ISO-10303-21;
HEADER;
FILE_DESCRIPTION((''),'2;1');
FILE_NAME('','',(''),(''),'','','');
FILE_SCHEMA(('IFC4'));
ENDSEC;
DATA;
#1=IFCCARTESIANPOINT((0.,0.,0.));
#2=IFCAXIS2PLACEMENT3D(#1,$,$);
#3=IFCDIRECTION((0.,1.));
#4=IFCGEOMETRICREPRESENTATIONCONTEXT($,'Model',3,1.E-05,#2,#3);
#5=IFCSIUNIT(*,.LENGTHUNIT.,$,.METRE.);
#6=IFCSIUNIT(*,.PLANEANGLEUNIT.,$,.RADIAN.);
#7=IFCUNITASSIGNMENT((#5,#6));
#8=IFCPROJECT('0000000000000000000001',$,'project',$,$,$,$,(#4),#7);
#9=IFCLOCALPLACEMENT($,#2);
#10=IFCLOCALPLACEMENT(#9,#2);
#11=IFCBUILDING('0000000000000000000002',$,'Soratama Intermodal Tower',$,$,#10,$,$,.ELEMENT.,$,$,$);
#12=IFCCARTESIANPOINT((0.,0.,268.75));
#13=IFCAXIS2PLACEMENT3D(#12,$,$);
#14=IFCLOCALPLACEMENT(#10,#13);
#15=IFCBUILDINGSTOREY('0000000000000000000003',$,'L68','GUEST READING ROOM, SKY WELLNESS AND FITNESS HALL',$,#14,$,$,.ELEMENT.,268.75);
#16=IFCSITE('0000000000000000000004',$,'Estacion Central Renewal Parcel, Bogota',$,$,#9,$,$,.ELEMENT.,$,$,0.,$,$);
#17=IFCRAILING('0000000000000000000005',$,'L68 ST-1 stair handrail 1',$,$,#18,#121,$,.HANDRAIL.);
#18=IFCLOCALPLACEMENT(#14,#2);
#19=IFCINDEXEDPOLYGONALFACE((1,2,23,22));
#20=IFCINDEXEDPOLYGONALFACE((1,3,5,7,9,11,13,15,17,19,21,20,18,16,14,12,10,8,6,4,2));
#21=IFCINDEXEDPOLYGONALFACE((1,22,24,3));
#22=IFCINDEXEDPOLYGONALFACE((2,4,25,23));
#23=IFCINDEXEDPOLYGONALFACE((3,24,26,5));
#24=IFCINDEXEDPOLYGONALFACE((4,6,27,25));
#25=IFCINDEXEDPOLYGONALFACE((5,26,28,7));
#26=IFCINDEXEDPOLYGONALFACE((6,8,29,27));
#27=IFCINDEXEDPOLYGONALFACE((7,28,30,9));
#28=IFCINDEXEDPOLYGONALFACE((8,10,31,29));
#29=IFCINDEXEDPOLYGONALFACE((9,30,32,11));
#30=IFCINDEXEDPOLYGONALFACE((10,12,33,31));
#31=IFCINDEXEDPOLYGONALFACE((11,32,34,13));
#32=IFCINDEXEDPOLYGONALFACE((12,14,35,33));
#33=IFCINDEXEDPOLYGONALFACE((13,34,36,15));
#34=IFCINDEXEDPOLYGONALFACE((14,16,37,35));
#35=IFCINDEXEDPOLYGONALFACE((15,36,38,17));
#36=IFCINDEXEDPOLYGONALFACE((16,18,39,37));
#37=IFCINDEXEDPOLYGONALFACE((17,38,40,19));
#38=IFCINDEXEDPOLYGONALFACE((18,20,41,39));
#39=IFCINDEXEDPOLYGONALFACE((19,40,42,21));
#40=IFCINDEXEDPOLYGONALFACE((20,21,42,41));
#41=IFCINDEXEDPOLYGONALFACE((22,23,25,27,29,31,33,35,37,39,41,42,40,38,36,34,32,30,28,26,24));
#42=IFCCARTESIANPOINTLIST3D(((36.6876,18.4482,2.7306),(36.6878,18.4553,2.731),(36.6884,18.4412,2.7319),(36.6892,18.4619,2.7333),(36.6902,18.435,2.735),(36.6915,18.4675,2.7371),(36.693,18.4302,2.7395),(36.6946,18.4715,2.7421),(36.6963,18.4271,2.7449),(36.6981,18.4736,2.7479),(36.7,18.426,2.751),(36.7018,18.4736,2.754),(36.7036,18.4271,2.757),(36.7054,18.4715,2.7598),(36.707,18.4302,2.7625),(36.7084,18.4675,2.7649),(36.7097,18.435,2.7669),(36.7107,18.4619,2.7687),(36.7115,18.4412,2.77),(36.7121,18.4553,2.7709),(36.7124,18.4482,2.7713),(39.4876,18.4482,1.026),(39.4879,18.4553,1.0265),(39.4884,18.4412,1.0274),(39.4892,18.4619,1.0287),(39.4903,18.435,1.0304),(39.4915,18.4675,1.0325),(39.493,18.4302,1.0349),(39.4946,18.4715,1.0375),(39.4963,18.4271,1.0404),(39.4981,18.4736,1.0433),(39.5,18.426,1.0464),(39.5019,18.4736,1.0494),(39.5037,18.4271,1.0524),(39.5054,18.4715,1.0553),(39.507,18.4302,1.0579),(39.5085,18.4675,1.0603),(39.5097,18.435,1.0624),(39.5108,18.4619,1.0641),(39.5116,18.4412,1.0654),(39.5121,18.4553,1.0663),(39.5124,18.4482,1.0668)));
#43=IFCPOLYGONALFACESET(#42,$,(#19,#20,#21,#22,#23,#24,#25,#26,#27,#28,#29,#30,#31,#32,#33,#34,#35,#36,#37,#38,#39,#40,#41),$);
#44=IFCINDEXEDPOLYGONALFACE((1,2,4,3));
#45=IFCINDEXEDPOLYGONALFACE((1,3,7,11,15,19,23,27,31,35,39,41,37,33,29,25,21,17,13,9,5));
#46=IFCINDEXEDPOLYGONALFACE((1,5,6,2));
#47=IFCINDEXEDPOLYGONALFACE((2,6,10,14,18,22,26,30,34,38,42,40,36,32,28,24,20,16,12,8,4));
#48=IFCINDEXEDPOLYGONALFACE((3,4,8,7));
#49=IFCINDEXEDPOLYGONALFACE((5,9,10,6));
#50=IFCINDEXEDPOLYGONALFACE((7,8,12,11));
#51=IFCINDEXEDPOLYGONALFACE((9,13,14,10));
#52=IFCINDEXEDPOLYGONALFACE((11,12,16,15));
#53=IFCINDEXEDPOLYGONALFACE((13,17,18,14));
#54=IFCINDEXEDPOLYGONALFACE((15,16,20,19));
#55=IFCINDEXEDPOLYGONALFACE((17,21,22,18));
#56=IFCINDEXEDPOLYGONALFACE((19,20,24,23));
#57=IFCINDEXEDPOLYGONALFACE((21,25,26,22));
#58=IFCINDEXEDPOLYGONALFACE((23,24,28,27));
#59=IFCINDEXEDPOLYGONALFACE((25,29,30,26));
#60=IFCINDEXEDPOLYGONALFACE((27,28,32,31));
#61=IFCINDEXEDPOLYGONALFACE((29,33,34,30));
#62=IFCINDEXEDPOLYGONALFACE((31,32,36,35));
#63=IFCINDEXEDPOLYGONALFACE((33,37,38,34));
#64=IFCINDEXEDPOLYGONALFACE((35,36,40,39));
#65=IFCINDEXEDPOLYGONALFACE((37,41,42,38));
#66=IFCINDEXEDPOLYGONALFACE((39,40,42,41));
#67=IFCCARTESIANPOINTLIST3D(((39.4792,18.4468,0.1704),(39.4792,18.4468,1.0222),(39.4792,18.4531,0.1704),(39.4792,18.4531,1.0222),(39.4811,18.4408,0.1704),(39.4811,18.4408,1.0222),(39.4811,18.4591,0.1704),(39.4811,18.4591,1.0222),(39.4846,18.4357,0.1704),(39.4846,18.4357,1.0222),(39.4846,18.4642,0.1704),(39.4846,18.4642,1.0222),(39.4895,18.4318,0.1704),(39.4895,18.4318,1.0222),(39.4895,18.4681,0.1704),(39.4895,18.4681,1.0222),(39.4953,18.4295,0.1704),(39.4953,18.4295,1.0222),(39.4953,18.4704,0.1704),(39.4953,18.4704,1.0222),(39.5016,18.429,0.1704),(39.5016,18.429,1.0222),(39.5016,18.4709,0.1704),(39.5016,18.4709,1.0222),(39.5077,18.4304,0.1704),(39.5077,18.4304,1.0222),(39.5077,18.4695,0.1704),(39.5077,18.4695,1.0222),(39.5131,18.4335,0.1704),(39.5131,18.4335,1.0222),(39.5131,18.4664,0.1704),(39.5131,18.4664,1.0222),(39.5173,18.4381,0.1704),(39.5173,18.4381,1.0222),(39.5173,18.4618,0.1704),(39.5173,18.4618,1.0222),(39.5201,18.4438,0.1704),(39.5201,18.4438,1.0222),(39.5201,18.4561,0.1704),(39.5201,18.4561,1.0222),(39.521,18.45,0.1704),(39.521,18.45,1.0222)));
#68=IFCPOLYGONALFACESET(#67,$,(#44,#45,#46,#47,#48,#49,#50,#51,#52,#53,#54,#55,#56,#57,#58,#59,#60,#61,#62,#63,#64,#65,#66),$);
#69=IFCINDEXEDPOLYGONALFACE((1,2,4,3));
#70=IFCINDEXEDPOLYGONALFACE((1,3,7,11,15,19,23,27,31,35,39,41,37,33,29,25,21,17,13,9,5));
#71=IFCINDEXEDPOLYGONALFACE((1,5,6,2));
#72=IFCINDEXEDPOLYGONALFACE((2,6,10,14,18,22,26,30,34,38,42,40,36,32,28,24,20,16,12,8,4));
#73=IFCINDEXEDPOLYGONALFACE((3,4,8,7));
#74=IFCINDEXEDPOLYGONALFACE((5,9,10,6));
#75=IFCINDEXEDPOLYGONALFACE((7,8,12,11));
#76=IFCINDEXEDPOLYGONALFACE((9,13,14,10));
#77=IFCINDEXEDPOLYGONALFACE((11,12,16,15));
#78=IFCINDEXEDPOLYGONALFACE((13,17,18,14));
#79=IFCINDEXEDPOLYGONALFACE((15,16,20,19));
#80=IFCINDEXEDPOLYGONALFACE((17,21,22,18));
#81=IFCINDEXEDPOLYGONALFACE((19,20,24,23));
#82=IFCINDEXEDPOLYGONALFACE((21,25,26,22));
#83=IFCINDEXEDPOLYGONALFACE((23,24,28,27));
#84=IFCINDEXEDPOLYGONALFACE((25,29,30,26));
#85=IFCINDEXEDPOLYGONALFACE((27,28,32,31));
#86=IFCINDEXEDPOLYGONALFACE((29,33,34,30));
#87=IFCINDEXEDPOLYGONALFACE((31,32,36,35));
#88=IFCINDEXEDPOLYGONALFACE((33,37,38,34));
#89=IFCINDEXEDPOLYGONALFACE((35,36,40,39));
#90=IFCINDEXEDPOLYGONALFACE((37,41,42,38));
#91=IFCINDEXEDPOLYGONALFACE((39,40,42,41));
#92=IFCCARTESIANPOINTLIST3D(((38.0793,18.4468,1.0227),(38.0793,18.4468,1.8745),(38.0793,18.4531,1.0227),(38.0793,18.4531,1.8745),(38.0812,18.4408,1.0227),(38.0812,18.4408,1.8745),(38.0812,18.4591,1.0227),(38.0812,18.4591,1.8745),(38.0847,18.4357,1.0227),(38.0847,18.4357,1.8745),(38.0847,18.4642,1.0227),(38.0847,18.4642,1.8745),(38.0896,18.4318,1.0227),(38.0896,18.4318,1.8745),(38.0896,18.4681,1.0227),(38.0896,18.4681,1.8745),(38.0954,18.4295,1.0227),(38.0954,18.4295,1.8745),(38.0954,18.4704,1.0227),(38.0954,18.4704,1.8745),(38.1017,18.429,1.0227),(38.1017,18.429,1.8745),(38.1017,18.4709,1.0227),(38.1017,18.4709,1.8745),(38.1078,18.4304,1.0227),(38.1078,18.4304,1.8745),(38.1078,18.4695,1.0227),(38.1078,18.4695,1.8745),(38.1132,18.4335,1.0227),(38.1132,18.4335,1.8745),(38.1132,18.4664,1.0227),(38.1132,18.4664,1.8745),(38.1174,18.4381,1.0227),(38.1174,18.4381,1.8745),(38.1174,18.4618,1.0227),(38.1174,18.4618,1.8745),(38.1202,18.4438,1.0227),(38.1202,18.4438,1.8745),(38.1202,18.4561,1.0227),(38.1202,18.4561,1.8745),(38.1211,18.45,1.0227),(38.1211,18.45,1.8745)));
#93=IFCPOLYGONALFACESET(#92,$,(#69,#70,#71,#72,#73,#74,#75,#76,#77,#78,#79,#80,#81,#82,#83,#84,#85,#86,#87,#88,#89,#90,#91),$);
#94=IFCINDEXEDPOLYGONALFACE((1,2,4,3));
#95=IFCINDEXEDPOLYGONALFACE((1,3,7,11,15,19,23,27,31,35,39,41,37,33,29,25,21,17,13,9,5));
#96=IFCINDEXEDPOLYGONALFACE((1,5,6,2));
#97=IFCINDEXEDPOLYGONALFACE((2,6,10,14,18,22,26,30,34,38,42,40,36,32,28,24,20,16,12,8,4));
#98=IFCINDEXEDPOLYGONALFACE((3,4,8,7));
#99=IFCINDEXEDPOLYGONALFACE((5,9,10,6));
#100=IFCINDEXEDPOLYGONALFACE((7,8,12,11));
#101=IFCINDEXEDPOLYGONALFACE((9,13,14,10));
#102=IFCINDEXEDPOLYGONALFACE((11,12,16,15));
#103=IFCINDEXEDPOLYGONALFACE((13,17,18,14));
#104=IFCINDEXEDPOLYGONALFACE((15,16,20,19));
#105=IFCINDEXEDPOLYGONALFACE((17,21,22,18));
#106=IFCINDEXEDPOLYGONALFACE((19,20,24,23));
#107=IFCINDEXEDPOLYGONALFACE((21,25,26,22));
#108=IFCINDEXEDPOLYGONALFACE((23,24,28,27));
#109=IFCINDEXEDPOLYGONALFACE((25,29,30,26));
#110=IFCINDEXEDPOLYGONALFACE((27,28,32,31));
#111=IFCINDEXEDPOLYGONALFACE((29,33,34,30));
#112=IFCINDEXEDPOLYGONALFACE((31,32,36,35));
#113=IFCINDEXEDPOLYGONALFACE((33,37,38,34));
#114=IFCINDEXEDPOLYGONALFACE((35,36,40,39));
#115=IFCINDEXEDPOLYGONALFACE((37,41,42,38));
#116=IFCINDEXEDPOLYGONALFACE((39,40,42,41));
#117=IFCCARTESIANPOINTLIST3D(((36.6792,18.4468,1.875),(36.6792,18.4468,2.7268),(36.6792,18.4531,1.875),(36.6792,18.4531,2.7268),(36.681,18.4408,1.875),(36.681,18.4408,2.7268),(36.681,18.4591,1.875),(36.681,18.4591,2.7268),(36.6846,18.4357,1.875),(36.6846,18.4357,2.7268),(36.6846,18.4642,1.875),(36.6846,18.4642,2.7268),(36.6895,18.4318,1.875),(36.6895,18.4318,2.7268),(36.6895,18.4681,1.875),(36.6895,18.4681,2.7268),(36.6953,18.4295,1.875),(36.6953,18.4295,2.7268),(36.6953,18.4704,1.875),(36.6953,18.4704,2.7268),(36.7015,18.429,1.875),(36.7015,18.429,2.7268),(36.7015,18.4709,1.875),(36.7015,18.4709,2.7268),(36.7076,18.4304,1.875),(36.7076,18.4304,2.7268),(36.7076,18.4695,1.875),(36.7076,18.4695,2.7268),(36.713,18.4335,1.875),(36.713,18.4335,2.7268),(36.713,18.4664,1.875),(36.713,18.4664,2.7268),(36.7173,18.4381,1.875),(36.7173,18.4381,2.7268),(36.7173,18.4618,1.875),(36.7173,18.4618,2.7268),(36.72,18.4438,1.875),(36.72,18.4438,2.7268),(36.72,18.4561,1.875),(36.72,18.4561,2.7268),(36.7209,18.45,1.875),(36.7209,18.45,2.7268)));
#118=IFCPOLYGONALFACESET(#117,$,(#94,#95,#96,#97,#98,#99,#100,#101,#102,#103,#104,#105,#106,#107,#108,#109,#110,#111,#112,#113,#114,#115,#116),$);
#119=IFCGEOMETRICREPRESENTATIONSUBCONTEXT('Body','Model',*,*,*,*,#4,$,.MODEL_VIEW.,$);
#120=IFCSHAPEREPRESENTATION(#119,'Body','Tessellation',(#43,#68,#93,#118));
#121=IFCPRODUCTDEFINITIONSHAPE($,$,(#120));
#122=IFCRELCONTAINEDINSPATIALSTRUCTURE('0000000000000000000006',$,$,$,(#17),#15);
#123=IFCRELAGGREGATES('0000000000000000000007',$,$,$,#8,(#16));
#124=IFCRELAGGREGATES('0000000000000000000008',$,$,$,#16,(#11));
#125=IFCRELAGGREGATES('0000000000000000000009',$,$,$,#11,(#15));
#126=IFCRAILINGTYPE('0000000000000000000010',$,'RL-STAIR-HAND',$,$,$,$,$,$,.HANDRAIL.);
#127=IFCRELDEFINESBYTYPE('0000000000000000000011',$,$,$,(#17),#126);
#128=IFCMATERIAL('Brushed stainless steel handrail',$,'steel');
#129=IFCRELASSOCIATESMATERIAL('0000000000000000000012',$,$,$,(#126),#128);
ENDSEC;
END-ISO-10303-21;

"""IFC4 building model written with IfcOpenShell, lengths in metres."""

from ifc_helpers import new_model, si_unit, direction, frame, origin, origin_2d, place, context, subcontext, project, spatial, circle, extrude, material, type_object, element, save


model = new_model("IFC4")

# Units and contexts
model_context = context("Model", 3, precision=1e-05, world=origin(), true_north=direction((0.0, 1.0)))
body_context = subcontext(model_context, "Body", "Model", "MODEL_VIEW")
ifc_project = project(units=[si_unit("LENGTHUNIT", "METRE"), si_unit("PLANEANGLEUNIT", "RADIAN")], contexts=[model_context])

# Site, building, storey
site_placement = place(None, origin())
site = spatial("IfcSite", under=ifc_project, at=site_placement, Name="Estacion Central Renewal Parcel, Bogota", CompositionType="ELEMENT", RefElevation=0.0)
building_placement = place(site_placement, origin())
building = spatial("IfcBuilding", under=site, at=building_placement, Name="Soratama Intermodal Tower", CompositionType="ELEMENT")
storey_placement = place(building_placement, frame((0.0, 0.0, 268.75)))
storey = spatial("IfcBuildingStorey", under=building, at=storey_placement, Name="L68", Description="GUEST READING ROOM, SKY WELLNESS AND FITNESS HALL", CompositionType="ELEMENT", Elevation=268.75)

# Railing
ifc_material_1 = material(Name="Brushed stainless steel handrail", Category="steel")
railing_type_1 = type_object("IfcRailingType", Name="RL-STAIR-HAND", PredefinedType="HANDRAIL", material=ifc_material_1)
railing_1_placement = place(storey_placement, frame((39.5, 18.45, 0.1704)))
element("IfcRailing", 1, at=railing_1_placement, inside=storey, type_object=railing_type_1, Name="L68 ST-1 stair handrail 1", PredefinedType="HANDRAIL", context=body_context, shape_type="SweptSolid", body=[
    extrude(circle(Radius=0.0239, at=origin_2d()), frame((0.0, 0.0, 0.876), z_axis=(-0.85417, 0.0, 0.519994), x_axis=(0.0, -1.0, 0.0)), (0.0, 0.0, 1.0), 3.2781),
    extrude(circle(Radius=0.021, at=origin_2d()), origin(), (0.0, 0.0, 1.0), 0.8518),
    extrude(circle(Radius=0.021, at=origin_2d()), frame((-1.3999, 0.0, 0.8523)), (0.0, 0.0, 1.0), 0.8518),
    extrude(circle(Radius=0.021, at=origin_2d()), frame((-2.8, 0.0, 1.7046)), (0.0, 0.0, 1.0), 0.8518),
])

save(model, "model.ifc")
